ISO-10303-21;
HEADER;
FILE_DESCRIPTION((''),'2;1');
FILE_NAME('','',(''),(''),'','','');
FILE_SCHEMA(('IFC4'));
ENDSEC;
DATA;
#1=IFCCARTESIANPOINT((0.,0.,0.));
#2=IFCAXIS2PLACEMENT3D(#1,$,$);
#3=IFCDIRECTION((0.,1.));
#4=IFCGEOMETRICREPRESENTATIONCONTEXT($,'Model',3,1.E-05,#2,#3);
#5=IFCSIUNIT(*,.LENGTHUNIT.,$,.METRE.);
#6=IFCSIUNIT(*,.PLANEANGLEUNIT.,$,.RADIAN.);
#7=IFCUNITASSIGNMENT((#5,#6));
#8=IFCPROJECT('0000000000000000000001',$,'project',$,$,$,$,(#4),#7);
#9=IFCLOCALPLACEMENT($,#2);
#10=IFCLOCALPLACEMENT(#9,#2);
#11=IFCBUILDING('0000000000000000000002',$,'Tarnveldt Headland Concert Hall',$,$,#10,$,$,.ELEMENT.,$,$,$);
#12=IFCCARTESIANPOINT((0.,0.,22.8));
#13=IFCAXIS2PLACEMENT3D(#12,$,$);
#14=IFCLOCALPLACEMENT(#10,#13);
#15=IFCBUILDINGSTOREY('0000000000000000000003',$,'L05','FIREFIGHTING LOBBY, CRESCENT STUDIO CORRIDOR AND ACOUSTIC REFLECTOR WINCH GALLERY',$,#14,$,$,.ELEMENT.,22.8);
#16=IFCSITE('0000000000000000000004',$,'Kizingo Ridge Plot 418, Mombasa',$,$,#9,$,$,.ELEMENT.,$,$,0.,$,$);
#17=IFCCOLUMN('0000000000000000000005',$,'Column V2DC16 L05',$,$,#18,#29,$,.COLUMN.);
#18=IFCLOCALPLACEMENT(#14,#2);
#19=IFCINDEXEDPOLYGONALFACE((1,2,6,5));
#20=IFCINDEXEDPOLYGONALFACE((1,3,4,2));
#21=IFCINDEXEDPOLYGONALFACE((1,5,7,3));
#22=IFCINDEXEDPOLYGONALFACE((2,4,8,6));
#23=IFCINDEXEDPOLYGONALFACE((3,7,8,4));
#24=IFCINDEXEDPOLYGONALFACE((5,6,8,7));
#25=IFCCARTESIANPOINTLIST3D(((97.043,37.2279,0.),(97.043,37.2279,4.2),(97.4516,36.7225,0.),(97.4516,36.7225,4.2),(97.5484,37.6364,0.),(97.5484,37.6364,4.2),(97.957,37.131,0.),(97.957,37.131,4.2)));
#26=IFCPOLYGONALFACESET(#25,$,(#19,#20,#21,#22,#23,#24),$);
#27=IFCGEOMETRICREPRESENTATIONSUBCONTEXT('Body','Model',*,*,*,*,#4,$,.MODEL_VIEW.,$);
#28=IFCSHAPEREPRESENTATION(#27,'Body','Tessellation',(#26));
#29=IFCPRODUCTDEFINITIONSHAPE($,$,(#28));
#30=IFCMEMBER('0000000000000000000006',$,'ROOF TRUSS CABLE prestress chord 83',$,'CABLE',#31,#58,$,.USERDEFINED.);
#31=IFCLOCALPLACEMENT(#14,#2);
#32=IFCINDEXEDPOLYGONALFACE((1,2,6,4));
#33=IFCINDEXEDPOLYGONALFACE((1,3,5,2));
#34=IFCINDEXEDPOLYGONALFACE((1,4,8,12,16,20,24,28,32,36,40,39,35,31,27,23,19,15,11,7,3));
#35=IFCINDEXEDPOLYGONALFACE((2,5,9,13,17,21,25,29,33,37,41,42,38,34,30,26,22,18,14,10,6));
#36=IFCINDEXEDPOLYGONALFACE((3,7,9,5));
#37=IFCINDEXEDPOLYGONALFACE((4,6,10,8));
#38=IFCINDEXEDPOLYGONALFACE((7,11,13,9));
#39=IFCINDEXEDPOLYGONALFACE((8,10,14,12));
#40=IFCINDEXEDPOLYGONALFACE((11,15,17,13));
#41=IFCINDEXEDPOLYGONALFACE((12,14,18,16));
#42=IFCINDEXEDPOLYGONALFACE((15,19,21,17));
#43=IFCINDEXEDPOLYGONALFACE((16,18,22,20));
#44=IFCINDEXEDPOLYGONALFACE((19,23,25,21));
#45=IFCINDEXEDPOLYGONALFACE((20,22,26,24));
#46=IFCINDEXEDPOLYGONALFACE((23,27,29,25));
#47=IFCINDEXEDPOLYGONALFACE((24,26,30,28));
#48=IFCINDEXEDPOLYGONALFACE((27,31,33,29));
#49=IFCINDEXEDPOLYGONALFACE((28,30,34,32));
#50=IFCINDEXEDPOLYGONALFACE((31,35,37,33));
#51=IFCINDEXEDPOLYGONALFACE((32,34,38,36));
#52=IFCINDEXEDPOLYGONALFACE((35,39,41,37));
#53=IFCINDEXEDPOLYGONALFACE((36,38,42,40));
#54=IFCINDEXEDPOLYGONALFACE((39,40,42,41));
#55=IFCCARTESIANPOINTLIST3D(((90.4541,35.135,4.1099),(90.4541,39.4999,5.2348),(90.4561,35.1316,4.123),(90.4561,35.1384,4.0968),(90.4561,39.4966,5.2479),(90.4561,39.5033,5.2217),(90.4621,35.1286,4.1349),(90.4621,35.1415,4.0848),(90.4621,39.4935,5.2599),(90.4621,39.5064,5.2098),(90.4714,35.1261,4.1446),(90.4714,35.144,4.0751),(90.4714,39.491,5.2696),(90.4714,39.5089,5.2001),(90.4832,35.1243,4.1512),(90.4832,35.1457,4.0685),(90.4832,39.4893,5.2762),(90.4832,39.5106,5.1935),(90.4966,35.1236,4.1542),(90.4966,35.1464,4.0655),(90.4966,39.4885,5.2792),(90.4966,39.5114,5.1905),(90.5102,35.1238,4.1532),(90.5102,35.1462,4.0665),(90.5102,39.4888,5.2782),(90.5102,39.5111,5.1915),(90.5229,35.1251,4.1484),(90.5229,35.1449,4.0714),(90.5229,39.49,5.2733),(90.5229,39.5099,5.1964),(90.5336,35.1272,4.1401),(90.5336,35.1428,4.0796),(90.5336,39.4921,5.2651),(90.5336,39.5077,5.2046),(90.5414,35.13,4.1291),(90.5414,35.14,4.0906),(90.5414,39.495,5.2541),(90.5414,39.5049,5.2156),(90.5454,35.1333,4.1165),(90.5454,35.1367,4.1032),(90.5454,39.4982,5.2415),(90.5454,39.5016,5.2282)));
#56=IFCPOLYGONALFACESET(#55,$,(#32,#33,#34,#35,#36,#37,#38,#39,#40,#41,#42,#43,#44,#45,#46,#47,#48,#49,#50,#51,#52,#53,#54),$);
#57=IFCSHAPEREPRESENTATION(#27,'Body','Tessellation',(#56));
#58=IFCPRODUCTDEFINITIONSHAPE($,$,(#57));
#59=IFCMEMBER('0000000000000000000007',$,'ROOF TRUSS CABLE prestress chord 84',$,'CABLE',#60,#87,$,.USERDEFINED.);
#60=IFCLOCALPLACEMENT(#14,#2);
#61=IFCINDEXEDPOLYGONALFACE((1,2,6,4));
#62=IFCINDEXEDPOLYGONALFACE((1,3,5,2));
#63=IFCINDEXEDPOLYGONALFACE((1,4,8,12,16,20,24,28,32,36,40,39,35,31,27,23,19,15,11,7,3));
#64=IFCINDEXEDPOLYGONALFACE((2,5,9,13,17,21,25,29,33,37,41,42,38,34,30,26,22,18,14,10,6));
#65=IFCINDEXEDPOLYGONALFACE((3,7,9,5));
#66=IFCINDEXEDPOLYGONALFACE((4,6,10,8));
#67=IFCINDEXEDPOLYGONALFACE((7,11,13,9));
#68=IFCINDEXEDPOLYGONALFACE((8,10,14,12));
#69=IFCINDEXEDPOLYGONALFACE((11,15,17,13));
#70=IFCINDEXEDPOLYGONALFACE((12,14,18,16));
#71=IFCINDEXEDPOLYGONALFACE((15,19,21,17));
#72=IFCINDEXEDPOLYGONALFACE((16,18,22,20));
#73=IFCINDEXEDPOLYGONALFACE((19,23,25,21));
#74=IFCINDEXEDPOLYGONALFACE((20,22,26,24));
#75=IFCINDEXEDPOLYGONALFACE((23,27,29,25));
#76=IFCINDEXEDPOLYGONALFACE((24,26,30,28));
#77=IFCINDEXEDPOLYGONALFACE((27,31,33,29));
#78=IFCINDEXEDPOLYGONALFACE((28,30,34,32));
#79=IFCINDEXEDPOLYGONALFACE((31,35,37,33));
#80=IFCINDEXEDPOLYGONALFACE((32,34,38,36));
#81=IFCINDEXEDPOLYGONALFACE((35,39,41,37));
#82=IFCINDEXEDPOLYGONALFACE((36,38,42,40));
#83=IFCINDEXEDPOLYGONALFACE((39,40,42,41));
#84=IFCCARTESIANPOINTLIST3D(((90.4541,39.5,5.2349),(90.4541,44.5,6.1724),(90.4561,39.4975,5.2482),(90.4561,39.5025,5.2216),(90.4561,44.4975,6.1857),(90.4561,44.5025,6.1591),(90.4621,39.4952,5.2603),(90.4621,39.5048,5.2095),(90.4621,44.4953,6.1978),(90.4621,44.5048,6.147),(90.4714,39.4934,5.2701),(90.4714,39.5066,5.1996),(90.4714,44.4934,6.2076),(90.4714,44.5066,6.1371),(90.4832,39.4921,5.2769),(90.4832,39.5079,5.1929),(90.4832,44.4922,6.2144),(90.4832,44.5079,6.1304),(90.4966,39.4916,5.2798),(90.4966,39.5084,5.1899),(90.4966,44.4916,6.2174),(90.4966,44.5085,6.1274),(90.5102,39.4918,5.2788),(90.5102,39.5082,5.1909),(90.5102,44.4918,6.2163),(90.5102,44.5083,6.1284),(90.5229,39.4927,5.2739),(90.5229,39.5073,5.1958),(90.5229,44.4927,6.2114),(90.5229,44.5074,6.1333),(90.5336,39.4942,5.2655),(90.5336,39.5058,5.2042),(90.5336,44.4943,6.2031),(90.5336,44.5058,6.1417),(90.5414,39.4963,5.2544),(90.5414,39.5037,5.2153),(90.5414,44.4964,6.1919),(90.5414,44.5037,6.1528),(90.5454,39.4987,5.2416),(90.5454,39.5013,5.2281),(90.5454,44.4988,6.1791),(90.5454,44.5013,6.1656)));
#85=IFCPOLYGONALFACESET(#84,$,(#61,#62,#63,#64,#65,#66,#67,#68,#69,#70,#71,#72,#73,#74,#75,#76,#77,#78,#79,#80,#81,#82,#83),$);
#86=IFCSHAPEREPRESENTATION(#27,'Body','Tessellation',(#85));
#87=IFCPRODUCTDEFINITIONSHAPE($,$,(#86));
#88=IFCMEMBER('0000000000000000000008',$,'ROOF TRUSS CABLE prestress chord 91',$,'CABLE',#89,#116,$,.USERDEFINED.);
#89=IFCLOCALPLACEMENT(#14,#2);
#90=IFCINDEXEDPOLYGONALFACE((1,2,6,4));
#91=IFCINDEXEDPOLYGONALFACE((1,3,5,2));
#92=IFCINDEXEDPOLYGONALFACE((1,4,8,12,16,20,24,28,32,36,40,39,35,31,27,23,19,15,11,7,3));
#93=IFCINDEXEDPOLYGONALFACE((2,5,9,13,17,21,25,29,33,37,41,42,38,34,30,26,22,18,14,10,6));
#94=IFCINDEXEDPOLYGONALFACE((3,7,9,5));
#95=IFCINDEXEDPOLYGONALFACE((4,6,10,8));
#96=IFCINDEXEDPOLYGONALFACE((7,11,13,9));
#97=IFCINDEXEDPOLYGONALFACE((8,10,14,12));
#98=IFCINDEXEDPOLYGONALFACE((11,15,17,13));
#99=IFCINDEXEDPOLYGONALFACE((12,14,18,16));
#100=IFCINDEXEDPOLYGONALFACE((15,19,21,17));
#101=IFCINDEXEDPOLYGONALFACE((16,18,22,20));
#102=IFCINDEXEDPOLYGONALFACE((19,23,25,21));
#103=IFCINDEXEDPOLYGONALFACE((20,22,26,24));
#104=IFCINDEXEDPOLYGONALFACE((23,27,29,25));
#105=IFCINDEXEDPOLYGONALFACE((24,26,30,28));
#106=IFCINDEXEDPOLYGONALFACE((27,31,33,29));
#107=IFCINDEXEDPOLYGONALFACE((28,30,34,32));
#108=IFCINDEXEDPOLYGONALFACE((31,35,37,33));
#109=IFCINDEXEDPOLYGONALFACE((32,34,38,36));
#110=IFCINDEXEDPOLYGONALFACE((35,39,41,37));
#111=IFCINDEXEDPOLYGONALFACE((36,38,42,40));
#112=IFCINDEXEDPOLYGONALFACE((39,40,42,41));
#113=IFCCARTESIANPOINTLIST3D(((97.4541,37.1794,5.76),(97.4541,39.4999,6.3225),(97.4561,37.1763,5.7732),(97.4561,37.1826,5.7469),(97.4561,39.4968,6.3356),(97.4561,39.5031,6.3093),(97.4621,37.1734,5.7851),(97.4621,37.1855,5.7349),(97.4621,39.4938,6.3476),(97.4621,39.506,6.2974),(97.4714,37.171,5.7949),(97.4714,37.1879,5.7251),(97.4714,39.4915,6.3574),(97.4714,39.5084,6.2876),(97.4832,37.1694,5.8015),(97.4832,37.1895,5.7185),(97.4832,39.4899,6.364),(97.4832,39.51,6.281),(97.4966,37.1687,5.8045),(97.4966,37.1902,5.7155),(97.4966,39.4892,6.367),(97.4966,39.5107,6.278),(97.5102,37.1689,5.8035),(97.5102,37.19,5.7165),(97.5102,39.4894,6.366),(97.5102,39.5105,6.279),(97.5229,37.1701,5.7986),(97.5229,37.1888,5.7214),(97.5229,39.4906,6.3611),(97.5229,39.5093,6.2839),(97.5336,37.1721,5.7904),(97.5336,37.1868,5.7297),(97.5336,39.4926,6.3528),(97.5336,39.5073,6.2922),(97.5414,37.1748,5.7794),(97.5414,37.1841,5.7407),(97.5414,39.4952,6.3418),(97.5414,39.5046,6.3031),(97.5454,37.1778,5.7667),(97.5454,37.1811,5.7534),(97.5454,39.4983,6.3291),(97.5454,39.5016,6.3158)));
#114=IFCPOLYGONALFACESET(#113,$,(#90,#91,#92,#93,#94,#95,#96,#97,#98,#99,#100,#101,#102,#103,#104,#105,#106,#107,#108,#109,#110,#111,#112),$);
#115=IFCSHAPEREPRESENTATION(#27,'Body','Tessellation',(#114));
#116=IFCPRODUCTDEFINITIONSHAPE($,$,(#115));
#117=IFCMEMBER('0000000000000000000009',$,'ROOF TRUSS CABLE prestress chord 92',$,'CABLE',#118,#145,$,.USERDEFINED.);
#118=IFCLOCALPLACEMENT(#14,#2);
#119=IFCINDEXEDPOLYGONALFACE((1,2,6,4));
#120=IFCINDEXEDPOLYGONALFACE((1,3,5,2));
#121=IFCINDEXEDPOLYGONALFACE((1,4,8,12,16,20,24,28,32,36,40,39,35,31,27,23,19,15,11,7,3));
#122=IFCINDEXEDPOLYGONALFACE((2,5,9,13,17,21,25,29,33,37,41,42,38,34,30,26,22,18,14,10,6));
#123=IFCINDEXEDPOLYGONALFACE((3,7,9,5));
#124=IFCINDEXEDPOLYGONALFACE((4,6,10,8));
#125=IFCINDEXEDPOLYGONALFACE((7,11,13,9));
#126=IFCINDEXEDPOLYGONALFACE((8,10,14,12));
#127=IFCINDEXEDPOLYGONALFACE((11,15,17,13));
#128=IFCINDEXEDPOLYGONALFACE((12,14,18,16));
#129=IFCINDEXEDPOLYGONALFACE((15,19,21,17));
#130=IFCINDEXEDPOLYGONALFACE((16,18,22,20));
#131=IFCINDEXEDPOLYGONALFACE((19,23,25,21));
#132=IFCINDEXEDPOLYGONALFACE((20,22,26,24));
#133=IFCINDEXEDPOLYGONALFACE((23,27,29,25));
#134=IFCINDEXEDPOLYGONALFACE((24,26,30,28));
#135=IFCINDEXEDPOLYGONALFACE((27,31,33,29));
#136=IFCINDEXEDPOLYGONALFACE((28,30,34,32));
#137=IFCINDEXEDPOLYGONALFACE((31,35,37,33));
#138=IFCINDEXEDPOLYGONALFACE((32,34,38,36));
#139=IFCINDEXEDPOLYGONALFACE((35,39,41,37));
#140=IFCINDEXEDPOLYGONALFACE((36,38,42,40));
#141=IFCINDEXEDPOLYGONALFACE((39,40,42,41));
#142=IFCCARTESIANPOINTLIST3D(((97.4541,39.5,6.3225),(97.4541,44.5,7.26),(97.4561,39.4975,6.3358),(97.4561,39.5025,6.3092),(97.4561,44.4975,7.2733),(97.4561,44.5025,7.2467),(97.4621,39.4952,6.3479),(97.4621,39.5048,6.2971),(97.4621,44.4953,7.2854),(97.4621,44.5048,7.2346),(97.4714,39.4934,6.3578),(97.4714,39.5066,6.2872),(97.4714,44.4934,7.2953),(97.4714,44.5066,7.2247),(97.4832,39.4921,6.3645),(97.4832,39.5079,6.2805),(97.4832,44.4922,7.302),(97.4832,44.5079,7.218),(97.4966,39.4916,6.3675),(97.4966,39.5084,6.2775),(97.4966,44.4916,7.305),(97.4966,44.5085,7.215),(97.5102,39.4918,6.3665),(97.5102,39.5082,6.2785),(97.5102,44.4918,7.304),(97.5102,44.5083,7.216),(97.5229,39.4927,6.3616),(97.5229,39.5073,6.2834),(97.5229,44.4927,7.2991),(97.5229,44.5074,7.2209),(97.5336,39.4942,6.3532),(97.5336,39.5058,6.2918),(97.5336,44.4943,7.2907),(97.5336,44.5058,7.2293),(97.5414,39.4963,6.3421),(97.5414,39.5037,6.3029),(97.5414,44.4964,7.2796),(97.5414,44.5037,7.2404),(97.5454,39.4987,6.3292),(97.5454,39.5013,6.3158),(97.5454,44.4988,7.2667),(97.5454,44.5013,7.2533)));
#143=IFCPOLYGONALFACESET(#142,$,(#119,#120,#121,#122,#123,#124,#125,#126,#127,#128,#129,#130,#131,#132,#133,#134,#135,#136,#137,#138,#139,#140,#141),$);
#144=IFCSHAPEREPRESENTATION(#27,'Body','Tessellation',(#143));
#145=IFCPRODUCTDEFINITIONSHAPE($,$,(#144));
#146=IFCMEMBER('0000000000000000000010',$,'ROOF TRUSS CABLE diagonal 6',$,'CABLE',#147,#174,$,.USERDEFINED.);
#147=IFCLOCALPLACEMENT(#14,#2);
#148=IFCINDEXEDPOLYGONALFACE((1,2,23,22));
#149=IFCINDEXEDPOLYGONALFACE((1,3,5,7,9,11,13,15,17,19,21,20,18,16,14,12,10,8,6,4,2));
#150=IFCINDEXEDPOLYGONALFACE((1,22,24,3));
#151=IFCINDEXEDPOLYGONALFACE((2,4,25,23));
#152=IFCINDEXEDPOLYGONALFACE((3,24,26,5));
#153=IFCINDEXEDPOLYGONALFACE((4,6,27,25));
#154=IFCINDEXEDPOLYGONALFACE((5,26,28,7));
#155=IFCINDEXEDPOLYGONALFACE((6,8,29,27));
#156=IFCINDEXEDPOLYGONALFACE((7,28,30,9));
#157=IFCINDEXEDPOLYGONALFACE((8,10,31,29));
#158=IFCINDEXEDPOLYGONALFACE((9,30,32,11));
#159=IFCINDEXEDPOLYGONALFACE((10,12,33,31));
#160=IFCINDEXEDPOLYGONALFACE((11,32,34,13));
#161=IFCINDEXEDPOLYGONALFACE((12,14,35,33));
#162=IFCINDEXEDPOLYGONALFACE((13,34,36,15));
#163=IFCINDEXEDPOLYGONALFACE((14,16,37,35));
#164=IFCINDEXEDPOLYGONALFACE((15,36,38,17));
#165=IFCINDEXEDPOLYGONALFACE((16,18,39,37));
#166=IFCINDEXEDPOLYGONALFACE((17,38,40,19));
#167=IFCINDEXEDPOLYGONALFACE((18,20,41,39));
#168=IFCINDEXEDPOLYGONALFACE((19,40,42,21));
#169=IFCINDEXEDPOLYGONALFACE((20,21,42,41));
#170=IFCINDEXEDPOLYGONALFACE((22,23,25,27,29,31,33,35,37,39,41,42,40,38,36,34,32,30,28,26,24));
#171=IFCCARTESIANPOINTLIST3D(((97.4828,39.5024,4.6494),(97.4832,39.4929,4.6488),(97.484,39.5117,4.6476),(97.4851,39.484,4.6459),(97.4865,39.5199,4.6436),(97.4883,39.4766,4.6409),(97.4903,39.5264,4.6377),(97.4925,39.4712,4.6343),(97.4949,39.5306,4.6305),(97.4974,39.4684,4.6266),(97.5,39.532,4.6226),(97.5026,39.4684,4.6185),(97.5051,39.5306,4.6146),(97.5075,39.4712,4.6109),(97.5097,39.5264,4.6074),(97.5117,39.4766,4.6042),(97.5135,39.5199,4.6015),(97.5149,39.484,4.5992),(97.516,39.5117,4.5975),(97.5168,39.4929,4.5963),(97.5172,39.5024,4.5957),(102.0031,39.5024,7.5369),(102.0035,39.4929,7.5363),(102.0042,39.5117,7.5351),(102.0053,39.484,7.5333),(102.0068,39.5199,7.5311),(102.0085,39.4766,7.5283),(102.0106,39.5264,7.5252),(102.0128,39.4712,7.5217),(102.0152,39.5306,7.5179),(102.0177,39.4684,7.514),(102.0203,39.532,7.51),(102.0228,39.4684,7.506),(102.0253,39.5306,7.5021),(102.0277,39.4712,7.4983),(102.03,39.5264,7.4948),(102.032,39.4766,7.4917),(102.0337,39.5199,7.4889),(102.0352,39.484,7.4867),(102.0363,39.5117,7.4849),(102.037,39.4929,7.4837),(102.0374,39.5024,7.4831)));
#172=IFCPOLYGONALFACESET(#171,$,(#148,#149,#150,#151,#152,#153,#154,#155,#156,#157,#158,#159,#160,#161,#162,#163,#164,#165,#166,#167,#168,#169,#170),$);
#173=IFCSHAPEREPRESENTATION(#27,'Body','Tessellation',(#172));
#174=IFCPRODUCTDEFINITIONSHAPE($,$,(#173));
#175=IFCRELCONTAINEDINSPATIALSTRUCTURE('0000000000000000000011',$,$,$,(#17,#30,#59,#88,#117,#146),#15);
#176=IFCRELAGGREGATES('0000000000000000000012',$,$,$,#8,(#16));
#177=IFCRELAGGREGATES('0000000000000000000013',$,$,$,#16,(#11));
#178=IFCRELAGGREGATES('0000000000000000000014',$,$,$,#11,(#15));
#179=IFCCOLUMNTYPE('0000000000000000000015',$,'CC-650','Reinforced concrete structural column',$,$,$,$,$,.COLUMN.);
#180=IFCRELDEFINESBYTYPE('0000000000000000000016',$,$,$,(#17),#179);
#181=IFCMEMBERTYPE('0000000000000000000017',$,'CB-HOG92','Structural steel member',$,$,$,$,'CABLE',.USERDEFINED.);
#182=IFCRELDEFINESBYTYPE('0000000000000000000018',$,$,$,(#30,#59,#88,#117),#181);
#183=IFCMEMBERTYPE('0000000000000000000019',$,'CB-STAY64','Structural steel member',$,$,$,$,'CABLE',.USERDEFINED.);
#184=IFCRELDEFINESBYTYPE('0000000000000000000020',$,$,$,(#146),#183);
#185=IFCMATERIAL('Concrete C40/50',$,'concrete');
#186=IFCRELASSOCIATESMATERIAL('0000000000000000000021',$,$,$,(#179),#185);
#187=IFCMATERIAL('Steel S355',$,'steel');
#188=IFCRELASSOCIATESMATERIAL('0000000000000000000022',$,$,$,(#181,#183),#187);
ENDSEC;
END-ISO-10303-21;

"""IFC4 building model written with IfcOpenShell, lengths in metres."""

from ifc_helpers import new_model, si_unit, direction, frame, origin, origin_2d, place, context, subcontext, project, spatial, rectangle, circle, extrude, material, material_profile, profile_set, type_object, element, save


model = new_model("IFC4")

# Units and contexts
model_context = context("Model", 3, precision=1e-05, world=origin(), true_north=direction((0.0, 1.0)))
body_context = subcontext(model_context, "Body", "Model", "MODEL_VIEW")
ifc_project = project(units=[si_unit("LENGTHUNIT", "METRE"), si_unit("PLANEANGLEUNIT", "RADIAN")], contexts=[model_context])

# Site, building, storey
site_placement = place(None, origin())
site = spatial("IfcSite", under=ifc_project, at=site_placement, Name="Kizingo Ridge Plot 418, Mombasa", CompositionType="ELEMENT", RefElevation=0.0)
building_placement = place(site_placement, origin())
building = spatial("IfcBuilding", under=site, at=building_placement, Name="Tarnveldt Headland Concert Hall", CompositionType="ELEMENT")
storey_placement = place(building_placement, frame((0.0, 0.0, 22.8)))
storey = spatial("IfcBuildingStorey", under=building, at=storey_placement, Name="L05", Description="FIREFIGHTING LOBBY, CRESCENT STUDIO CORRIDOR AND ACOUSTIC REFLECTOR WINCH GALLERY", CompositionType="ELEMENT", Elevation=22.8)

# Column
ifc_material_1 = material(Name="Concrete C40/50", Category="concrete")
ifc_material_profile_1 = material_profile(ifc_material_1, rectangle(XDim=0.6499, YDim=0.6499, at=origin_2d()), Name="RC 650x650", Category="concrete")
ifc_profile_set_1 = profile_set([ifc_material_profile_1], Name="Concrete C40/50")
column_type = type_object("IfcColumnType", Name="CC-650", Description="Reinforced concrete structural column", PredefinedType="COLUMN", material=ifc_profile_set_1)
column_placement = place(storey_placement, frame((97.5, 37.1794, 0.0), z_axis=(0.0, 0.0, 1.0), x_axis=(0.628642, -0.777695, 0.0)))
element("IfcColumn", 1, at=column_placement, inside=storey, type_object=column_type, Name="Column V2DC16 L05", PredefinedType="COLUMN", context=body_context, shape_type="SweptSolid", body=[
    extrude(rectangle(XDim=0.6499, YDim=0.6499, at=origin_2d()), origin(), (0.0, 0.0, 1.0), 4.2),
])

# Members
ifc_material_2 = material(Name="Steel S355", Category="steel")
ifc_material_profile_2 = material_profile(ifc_material_2, circle(Radius=0.0459, at=origin_2d()), Name="LC D92", Category="steel")
ifc_profile_set_2 = profile_set([ifc_material_profile_2], Name="Steel S355")
member_type_1 = type_object("IfcMemberType", Name="CB-HOG92", Description="Structural steel member", ElementType="CABLE", PredefinedType="USERDEFINED", material=ifc_profile_set_2)
member_1_placement = place(storey_placement, frame((90.5, 35.135, 4.1099), z_axis=(0.0, 0.968355, 0.249577), x_axis=(-1.0, 0.0, 0.0)))
element("IfcMember", 2, at=member_1_placement, inside=storey, type_object=member_type_1, Name="ROOF TRUSS CABLE prestress chord 83", ObjectType="CABLE", PredefinedType="USERDEFINED", context=body_context, shape_type="SweptSolid", body=[
    extrude(circle(Radius=0.0459, at=origin_2d()), origin(), (0.0, 0.0, 1.0), 4.5076),
])
member_2_placement = place(storey_placement, frame((90.5, 39.5, 5.2349), z_axis=(0.0, 0.982872, 0.184289), x_axis=(-1.0, 0.0, 0.0)))
element("IfcMember", 3, at=member_2_placement, inside=storey, type_object=member_type_1, Name="ROOF TRUSS CABLE prestress chord 84", ObjectType="CABLE", PredefinedType="USERDEFINED", context=body_context, shape_type="SweptSolid", body=[
    extrude(circle(Radius=0.0459, at=origin_2d()), origin(), (0.0, 0.0, 1.0), 5.0872),
])
member_3_placement = place(storey_placement, frame((97.5, 37.1794, 5.76), z_axis=(0.0, 0.971856, 0.235577), x_axis=(-1.0, 0.0, 0.0)))
element("IfcMember", 4, at=member_3_placement, inside=storey, type_object=member_type_1, Name="ROOF TRUSS CABLE prestress chord 91", ObjectType="CABLE", PredefinedType="USERDEFINED", context=body_context, shape_type="SweptSolid", body=[
    extrude(circle(Radius=0.0459, at=origin_2d()), origin(), (0.0, 0.0, 1.0), 2.3877),
])
member_4_placement = place(storey_placement, frame((97.5, 39.5, 6.3225), z_axis=(0.0, 0.982872, 0.184289), x_axis=(-1.0, 0.0, 0.0)))
element("IfcMember", 5, at=member_4_placement, inside=storey, type_object=member_type_1, Name="ROOF TRUSS CABLE prestress chord 92", ObjectType="CABLE", PredefinedType="USERDEFINED", context=body_context, shape_type="SweptSolid", body=[
    extrude(circle(Radius=0.0459, at=origin_2d()), origin(), (0.0, 0.0, 1.0), 5.0872),
])
ifc_material_profile_3 = material_profile(ifc_material_2, circle(Radius=0.032, at=origin_2d()), Name="LC D64", Category="steel")
ifc_profile_set_3 = profile_set([ifc_material_profile_3], Name="Steel S355")
member_type_2 = type_object("IfcMemberType", Name="CB-STAY64", Description="Structural steel member", ElementType="CABLE", PredefinedType="USERDEFINED", material=ifc_profile_set_3)
member_5_placement = place(storey_placement, frame((97.5, 39.5, 4.6226), z_axis=(0.842738, 0.0, 0.538324), x_axis=(0.0, 1.0, 0.0)))
element("IfcMember", 6, at=member_5_placement, inside=storey, type_object=member_type_2, Name="ROOF TRUSS CABLE diagonal 6", ObjectType="CABLE", PredefinedType="USERDEFINED", context=body_context, shape_type="SweptSolid", body=[
    extrude(circle(Radius=0.032, at=origin_2d()), origin(), (0.0, 0.0, 1.0), 5.3638),
])

save(model, "model.ifc")
